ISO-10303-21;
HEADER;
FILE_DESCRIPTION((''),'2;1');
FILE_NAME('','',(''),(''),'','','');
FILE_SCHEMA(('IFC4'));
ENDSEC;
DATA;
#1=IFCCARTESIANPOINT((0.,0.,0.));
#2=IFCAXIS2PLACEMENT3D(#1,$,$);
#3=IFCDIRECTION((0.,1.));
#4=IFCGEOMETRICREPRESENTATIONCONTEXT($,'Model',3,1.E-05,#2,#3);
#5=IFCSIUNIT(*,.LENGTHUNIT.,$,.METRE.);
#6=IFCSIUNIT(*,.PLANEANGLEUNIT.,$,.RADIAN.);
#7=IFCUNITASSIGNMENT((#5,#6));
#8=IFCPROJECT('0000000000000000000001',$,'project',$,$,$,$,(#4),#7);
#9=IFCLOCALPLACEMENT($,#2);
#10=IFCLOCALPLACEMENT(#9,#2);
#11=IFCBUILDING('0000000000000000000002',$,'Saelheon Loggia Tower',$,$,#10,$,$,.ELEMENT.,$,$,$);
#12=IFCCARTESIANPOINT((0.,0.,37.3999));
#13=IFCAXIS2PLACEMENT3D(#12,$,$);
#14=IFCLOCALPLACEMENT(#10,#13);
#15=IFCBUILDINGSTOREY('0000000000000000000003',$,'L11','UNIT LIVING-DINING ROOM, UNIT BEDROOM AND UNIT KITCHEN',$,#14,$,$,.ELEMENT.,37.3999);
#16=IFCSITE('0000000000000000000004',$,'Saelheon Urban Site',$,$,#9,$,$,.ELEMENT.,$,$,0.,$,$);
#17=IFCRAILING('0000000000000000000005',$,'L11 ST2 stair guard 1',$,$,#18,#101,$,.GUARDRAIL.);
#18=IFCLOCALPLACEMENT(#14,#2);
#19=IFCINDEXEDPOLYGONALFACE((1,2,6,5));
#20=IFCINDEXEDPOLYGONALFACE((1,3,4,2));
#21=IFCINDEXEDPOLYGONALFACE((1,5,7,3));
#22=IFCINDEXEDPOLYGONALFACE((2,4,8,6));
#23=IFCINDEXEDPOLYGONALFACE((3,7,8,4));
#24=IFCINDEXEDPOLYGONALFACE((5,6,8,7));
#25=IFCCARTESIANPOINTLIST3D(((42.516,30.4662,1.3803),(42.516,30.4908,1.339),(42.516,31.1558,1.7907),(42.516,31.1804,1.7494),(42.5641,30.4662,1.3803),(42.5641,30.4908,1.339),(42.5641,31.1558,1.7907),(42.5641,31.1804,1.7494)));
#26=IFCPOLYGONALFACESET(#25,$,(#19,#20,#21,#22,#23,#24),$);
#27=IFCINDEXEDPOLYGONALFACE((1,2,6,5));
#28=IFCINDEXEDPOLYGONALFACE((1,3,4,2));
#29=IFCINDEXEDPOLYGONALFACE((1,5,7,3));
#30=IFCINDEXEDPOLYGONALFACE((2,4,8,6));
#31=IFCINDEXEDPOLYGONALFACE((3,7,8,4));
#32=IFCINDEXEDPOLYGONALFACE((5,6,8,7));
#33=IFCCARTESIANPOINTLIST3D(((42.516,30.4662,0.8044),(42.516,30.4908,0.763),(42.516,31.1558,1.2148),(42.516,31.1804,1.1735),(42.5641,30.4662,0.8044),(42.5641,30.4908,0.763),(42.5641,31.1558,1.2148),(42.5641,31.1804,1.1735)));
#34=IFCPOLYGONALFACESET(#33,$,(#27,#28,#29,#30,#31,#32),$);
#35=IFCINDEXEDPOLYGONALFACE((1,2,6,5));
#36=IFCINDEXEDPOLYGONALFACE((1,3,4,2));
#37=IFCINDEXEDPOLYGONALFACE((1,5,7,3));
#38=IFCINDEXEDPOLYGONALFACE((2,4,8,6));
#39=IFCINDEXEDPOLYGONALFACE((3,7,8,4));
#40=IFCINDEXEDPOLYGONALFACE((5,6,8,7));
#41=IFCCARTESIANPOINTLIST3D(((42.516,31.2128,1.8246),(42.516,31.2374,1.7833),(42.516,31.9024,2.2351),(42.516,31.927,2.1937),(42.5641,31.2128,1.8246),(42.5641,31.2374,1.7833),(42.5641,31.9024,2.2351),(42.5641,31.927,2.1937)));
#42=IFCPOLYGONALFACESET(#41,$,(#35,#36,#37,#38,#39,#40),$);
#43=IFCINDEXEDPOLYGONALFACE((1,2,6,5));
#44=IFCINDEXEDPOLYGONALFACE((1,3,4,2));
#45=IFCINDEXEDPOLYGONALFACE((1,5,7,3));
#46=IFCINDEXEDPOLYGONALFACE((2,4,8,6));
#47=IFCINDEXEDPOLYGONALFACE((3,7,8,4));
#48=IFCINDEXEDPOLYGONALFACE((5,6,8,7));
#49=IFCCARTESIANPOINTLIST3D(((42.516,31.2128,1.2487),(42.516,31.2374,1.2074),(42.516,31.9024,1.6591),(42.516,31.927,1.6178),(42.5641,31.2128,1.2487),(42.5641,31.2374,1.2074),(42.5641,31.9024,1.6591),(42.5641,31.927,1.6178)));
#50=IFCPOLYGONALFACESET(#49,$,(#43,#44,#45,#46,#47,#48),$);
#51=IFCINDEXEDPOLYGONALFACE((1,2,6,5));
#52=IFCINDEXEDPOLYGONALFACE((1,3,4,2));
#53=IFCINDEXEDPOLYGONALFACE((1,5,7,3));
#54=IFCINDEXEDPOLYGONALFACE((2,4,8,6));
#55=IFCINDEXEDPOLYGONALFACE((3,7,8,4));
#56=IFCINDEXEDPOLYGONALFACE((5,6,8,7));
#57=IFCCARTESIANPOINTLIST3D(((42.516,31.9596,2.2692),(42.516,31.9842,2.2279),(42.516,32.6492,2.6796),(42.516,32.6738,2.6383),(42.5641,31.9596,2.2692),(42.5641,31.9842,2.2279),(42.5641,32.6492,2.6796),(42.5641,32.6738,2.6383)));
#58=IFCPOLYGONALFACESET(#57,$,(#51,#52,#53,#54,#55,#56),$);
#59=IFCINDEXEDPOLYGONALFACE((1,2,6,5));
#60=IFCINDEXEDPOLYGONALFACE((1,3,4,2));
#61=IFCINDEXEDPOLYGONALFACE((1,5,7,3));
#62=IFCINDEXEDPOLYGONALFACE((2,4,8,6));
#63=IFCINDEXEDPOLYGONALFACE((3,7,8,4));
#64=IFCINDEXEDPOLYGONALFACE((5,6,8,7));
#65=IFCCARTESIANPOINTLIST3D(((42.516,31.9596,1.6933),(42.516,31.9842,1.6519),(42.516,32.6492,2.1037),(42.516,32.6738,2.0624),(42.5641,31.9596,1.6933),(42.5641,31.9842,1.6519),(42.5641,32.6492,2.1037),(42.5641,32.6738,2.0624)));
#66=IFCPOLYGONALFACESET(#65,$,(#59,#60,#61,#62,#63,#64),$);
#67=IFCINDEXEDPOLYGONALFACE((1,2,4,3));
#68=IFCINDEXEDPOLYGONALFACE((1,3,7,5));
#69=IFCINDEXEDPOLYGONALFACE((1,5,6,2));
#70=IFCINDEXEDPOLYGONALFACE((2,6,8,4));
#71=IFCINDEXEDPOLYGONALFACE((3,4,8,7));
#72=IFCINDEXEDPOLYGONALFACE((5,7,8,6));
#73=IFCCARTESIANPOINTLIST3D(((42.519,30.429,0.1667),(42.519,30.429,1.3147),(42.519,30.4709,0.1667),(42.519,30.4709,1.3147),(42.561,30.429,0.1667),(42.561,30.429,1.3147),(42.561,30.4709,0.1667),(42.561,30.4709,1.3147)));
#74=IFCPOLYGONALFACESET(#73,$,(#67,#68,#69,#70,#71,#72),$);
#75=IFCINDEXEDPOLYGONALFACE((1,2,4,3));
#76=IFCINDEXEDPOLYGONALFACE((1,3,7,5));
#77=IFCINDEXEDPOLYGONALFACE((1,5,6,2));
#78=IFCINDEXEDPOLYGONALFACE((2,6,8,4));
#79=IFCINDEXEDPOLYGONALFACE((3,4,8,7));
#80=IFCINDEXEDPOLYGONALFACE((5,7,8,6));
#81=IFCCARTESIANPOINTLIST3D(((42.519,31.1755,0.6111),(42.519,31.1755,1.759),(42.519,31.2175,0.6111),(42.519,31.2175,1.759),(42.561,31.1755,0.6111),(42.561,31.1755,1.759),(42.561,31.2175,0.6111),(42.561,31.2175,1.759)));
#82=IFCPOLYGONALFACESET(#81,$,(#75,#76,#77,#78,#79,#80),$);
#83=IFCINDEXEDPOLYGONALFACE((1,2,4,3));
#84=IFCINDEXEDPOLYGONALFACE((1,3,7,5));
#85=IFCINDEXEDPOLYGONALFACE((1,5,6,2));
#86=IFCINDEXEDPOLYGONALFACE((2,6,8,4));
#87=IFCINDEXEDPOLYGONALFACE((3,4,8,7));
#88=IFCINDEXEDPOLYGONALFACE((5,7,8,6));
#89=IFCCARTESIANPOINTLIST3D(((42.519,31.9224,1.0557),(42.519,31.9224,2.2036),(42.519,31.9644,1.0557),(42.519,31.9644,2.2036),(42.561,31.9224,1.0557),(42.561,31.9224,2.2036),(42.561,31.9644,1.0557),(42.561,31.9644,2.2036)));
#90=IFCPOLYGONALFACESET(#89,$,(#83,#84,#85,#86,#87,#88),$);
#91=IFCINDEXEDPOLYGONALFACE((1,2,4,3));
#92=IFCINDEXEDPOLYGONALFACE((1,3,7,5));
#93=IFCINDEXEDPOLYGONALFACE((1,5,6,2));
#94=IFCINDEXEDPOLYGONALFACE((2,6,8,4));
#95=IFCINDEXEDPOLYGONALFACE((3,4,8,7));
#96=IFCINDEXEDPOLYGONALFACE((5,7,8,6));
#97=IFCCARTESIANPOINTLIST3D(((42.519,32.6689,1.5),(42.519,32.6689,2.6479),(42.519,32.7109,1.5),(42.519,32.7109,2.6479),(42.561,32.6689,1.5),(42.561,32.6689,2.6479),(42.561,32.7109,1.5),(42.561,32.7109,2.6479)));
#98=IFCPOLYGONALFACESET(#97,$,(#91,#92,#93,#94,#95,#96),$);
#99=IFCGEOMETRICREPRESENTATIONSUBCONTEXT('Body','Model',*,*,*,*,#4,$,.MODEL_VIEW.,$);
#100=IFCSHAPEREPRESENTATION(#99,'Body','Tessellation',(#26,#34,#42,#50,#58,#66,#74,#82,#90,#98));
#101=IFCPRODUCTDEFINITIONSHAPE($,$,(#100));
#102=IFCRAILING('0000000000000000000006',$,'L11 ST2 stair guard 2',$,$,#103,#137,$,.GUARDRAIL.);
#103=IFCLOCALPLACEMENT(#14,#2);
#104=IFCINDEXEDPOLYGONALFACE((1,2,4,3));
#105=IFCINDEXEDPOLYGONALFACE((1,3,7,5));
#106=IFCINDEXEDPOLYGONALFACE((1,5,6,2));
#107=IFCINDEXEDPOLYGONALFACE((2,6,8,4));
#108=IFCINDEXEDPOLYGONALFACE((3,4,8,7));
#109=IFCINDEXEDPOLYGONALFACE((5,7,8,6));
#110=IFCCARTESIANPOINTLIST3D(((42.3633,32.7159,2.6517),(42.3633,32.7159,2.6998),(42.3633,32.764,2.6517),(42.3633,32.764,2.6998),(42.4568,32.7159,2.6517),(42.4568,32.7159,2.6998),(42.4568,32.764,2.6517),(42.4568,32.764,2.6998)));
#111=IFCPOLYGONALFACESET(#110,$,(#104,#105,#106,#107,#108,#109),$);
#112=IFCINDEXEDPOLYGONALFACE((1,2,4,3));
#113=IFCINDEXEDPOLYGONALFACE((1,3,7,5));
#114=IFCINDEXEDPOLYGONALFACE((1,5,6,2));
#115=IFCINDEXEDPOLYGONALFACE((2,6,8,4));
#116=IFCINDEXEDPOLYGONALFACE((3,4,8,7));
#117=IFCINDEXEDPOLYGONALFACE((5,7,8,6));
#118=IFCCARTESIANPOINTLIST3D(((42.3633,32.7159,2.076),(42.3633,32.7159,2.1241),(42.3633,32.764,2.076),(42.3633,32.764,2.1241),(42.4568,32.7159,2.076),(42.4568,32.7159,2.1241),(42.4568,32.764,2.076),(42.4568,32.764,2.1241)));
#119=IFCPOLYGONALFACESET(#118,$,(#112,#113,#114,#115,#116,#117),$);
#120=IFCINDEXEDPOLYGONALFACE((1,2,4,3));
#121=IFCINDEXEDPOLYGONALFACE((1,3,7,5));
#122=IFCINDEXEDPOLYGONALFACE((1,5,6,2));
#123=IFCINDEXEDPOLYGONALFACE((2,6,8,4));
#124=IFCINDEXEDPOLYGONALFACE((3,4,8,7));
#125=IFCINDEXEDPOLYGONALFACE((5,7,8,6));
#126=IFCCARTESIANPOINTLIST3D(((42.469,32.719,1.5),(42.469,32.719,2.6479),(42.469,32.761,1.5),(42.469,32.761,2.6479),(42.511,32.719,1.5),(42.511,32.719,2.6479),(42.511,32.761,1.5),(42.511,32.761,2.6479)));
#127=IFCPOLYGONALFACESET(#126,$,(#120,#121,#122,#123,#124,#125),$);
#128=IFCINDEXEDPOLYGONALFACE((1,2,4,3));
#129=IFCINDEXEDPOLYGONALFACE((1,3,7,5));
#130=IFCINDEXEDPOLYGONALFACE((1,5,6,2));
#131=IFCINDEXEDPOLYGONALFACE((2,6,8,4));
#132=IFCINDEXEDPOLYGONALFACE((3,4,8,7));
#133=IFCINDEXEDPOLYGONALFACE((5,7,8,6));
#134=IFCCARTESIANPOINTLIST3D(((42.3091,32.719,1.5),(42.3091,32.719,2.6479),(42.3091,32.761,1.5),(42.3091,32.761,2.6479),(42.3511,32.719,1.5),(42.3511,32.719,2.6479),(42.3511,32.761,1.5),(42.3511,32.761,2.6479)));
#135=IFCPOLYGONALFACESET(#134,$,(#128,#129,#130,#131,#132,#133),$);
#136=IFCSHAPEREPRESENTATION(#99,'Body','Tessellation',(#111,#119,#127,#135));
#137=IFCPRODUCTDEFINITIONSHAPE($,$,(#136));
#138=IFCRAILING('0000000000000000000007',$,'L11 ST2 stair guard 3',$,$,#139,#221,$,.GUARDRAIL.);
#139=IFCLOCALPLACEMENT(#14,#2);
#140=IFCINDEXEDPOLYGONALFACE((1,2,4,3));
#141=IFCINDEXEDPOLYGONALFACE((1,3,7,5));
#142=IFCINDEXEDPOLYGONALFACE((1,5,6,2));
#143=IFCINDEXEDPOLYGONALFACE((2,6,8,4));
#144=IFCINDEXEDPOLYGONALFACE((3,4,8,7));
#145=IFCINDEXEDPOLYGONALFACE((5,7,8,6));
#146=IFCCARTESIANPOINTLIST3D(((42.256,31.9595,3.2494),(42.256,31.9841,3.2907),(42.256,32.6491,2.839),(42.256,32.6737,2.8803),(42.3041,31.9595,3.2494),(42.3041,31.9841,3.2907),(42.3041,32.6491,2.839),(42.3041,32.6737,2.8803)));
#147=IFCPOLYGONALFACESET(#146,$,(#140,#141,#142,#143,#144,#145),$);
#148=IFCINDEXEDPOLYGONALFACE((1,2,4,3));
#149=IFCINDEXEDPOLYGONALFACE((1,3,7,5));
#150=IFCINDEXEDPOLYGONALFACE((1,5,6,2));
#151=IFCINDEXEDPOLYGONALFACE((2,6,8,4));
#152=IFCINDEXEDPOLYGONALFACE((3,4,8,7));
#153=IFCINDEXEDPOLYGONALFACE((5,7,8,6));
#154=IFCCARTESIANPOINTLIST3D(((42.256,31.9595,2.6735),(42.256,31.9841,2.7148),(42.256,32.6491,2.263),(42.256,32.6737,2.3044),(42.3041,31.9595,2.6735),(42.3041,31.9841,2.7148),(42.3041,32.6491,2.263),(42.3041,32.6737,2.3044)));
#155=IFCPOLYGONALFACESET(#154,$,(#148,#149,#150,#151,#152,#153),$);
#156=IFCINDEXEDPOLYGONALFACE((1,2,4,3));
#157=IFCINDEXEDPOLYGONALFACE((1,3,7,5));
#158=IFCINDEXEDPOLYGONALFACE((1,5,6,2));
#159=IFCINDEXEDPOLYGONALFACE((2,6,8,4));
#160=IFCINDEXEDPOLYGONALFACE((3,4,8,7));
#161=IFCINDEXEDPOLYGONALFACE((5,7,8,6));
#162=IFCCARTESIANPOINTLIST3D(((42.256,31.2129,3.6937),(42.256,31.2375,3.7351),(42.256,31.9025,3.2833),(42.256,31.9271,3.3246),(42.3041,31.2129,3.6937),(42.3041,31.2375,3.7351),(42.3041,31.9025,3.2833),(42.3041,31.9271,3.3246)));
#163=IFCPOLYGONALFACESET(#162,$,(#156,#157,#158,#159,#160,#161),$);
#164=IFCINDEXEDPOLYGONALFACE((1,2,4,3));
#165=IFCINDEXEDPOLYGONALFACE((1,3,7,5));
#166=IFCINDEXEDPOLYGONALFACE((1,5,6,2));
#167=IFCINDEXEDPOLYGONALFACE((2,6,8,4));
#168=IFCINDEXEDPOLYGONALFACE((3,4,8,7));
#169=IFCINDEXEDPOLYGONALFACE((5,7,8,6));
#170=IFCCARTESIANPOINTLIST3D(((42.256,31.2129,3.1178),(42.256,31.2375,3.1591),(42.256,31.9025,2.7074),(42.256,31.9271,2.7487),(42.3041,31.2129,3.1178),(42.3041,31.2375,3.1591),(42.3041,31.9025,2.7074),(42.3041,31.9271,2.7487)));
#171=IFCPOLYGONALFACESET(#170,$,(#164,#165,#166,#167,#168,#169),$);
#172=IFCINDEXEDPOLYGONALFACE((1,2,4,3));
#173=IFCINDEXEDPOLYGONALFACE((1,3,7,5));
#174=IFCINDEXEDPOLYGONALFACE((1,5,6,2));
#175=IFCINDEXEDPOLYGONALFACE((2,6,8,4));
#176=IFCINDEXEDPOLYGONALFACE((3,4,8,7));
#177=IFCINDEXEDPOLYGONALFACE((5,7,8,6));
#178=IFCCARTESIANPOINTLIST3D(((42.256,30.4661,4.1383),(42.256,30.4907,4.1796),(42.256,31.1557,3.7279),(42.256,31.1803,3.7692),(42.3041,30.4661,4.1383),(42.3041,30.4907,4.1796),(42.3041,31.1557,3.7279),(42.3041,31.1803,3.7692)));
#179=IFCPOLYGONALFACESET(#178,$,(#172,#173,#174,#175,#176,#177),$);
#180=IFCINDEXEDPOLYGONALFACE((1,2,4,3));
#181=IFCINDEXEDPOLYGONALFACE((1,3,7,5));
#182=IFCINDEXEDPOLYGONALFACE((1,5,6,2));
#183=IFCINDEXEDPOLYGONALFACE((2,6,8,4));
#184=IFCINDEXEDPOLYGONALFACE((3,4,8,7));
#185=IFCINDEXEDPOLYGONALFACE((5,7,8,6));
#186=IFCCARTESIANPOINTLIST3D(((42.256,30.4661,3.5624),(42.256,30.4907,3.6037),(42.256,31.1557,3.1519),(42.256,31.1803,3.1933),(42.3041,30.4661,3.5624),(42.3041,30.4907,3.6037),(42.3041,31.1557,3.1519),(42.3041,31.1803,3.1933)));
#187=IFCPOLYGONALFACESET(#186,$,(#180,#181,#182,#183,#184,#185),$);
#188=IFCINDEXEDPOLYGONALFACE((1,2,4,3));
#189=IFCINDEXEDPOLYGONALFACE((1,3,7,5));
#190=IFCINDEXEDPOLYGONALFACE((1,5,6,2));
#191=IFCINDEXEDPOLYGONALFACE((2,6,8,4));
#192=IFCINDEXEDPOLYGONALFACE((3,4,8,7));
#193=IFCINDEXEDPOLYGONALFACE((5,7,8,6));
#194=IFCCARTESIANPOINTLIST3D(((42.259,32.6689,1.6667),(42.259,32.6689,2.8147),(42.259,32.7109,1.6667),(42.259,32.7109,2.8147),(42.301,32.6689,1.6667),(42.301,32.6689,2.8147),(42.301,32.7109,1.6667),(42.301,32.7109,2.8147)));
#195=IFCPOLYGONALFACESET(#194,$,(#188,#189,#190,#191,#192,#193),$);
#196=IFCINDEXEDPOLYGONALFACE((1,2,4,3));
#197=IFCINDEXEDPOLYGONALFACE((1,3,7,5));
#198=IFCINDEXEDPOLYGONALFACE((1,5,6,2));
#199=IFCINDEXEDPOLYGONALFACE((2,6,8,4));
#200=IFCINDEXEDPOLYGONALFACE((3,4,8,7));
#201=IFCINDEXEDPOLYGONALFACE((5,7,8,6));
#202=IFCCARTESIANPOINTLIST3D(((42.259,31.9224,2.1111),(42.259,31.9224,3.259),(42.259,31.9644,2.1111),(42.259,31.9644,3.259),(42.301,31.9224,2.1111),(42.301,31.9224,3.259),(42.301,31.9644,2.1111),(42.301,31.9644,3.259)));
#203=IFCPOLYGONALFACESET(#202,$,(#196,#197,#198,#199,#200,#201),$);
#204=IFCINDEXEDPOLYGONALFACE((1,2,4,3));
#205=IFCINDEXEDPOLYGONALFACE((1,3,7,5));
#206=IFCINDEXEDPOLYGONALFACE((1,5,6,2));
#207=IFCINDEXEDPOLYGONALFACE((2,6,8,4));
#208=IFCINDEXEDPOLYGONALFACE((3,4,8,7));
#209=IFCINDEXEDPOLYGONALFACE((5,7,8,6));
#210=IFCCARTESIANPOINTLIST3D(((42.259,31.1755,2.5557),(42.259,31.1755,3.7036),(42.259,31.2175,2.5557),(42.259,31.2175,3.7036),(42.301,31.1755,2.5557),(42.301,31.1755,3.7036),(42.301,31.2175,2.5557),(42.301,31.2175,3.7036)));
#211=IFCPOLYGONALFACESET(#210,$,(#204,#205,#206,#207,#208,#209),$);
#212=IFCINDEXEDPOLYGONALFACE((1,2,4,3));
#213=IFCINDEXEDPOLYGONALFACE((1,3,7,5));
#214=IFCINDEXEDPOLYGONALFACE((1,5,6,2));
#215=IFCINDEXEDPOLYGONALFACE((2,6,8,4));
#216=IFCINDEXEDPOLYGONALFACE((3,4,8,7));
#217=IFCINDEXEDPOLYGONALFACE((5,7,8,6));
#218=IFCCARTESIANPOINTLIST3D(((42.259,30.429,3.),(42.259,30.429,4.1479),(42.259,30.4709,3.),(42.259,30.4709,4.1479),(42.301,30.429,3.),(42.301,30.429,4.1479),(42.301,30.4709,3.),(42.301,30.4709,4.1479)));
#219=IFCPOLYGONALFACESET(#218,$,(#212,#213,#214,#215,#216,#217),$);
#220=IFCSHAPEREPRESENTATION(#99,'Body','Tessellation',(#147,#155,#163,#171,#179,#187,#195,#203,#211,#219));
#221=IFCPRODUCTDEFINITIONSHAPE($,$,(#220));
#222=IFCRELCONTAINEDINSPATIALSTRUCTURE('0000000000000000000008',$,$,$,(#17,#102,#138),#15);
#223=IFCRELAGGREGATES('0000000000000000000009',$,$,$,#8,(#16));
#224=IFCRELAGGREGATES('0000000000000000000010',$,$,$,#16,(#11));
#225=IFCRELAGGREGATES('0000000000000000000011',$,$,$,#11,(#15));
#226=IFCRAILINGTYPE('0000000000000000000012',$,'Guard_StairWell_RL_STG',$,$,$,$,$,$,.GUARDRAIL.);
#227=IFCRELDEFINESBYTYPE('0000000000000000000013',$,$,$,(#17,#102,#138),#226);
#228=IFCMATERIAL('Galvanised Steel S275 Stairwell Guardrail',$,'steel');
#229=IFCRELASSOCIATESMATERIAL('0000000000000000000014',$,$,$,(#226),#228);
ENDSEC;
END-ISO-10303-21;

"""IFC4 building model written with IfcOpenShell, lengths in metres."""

from ifc_helpers import new_model, si_unit, direction, frame, origin, origin_2d, place, context, subcontext, project, spatial, rectangle, extrude, material, type_object, element, save


model = new_model("IFC4")

# Units and contexts
model_context = context("Model", 3, precision=1e-05, world=origin(), true_north=direction((0.0, 1.0)))
body_context = subcontext(model_context, "Body", "Model", "MODEL_VIEW")
ifc_project = project(units=[si_unit("LENGTHUNIT", "METRE"), si_unit("PLANEANGLEUNIT", "RADIAN")], contexts=[model_context])

# Site, building, storey
site_placement = place(None, origin())
site = spatial("IfcSite", under=ifc_project, at=site_placement, Name="Saelheon Urban Site", CompositionType="ELEMENT", RefElevation=0.0)
building_placement = place(site_placement, origin())
building = spatial("IfcBuilding", under=site, at=building_placement, Name="Saelheon Loggia Tower", CompositionType="ELEMENT")
storey_placement = place(building_placement, frame((0.0, 0.0, 37.3999)))
storey = spatial("IfcBuildingStorey", under=building, at=storey_placement, Name="L11", Description="UNIT LIVING-DINING ROOM, UNIT BEDROOM AND UNIT KITCHEN", CompositionType="ELEMENT", Elevation=37.3999)

# Railings
ifc_material_1 = material(Name="Galvanised Steel S275 Stairwell Guardrail", Category="steel")
railing_type_1 = type_object("IfcRailingType", Name="Guard_StairWell_RL_STG", PredefinedType="GUARDRAIL", material=ifc_material_1)
railing_1_placement = place(storey_placement, frame((42.54, 30.45, 0.1667)))
element("IfcRailing", 1, at=railing_1_placement, inside=storey, type_object=railing_type_1, Name="L11 ST2 stair guard 1", PredefinedType="GUARDRAIL", context=body_context, shape_type="SweptSolid", body=[
    extrude(rectangle(XDim=0.0481, YDim=0.0481, at=origin_2d()), frame((0.0, 0.0286, 1.1929), z_axis=(0.0, 0.859306, 0.511462), x_axis=(-1.0, 0.0, 0.0)), (0.0, 0.0, 1.0), 0.8025),
    extrude(rectangle(XDim=0.0481, YDim=0.0481, at=origin_2d()), frame((0.0, 0.0286, 0.6169), z_axis=(0.0, 0.859306, 0.511462), x_axis=(-1.0, 0.0, 0.0)), (0.0, 0.0, 1.0), 0.8025),
    extrude(rectangle(XDim=0.0481, YDim=0.0481, at=origin_2d()), frame((0.0, 0.7751, 1.6372), z_axis=(0.0, 0.859306, 0.511462), x_axis=(-1.0, 0.0, 0.0)), (0.0, 0.0, 1.0), 0.8025),
    extrude(rectangle(XDim=0.0481, YDim=0.0481, at=origin_2d()), frame((0.0, 0.7751, 1.0613), z_axis=(0.0, 0.859306, 0.511462), x_axis=(-1.0, 0.0, 0.0)), (0.0, 0.0, 1.0), 0.8025),
    extrude(rectangle(XDim=0.0481, YDim=0.0481, at=origin_2d()), frame((0.0, 1.522, 2.0818), z_axis=(0.0, 0.859306, 0.511462), x_axis=(-1.0, 0.0, 0.0)), (0.0, 0.0, 1.0), 0.8025),
    extrude(rectangle(XDim=0.0481, YDim=0.0481, at=origin_2d()), frame((0.0, 1.522, 1.5059), z_axis=(0.0, 0.859306, 0.511462), x_axis=(-1.0, 0.0, 0.0)), (0.0, 0.0, 1.0), 0.8025),
    extrude(rectangle(XDim=0.042, YDim=0.042, at=origin_2d()), origin(), (0.0, 0.0, 1.0), 1.1479),
    extrude(rectangle(XDim=0.042, YDim=0.042, at=origin_2d()), frame((0.0, 0.7466, 0.4443)), (0.0, 0.0, 1.0), 1.1479),
    extrude(rectangle(XDim=0.042, YDim=0.042, at=origin_2d()), frame((0.0, 1.4934, 0.8889)), (0.0, 0.0, 1.0), 1.1479),
    extrude(rectangle(XDim=0.042, YDim=0.042, at=origin_2d()), frame((0.0, 2.24, 1.3333)), (0.0, 0.0, 1.0), 1.1479),
])
railing_2_placement = place(storey_placement, frame((42.49, 32.74, 1.5)))
element("IfcRailing", 2, at=railing_2_placement, inside=storey, type_object=railing_type_1, Name="L11 ST2 stair guard 2", PredefinedType="GUARDRAIL", context=body_context, shape_type="SweptSolid", body=[
    extrude(rectangle(XDim=0.0481, YDim=0.0481, at=origin_2d()), frame((-0.0332, 0.0, 1.1758), z_axis=(-1.0, 0.0, 0.0), x_axis=(0.0, -1.0, 0.0)), (0.0, 0.0, 1.0), 0.0935),
    extrude(rectangle(XDim=0.0481, YDim=0.0481, at=origin_2d()), frame((-0.0332, 0.0, 0.6001), z_axis=(-1.0, 0.0, 0.0), x_axis=(0.0, -1.0, 0.0)), (0.0, 0.0, 1.0), 0.0935),
    extrude(rectangle(XDim=0.042, YDim=0.042, at=origin_2d()), origin(), (0.0, 0.0, 1.0), 1.1479),
    extrude(rectangle(XDim=0.042, YDim=0.042, at=origin_2d()), frame((-0.1599, 0.0, 0.0)), (0.0, 0.0, 1.0), 1.1479),
])
railing_3_placement = place(storey_placement, frame((42.28, 32.6899, 1.6667)))
element("IfcRailing", 3, at=railing_3_placement, inside=storey, type_object=railing_type_1, Name="L11 ST2 stair guard 3", PredefinedType="GUARDRAIL", context=body_context, shape_type="SweptSolid", body=[
    extrude(rectangle(XDim=0.0481, YDim=0.0481, at=origin_2d()), frame((0.0, -0.0286, 1.1929), z_axis=(0.0, -0.859306, 0.511462), x_axis=(1.0, 0.0, 0.0)), (0.0, 0.0, 1.0), 0.8025),
    extrude(rectangle(XDim=0.0481, YDim=0.0481, at=origin_2d()), frame((0.0, -0.0286, 0.6169), z_axis=(0.0, -0.859306, 0.511462), x_axis=(1.0, 0.0, 0.0)), (0.0, 0.0, 1.0), 0.8025),
    extrude(rectangle(XDim=0.0481, YDim=0.0481, at=origin_2d()), frame((0.0, -0.7751, 1.6372), z_axis=(0.0, -0.859306, 0.511462), x_axis=(1.0, 0.0, 0.0)), (0.0, 0.0, 1.0), 0.8025),
    extrude(rectangle(XDim=0.0481, YDim=0.0481, at=origin_2d()), frame((0.0, -0.7751, 1.0613), z_axis=(0.0, -0.859306, 0.511462), x_axis=(1.0, 0.0, 0.0)), (0.0, 0.0, 1.0), 0.8025),
    extrude(rectangle(XDim=0.0481, YDim=0.0481, at=origin_2d()), frame((0.0, -1.522, 2.0818), z_axis=(0.0, -0.859306, 0.511462), x_axis=(1.0, 0.0, 0.0)), (0.0, 0.0, 1.0), 0.8025),
    extrude(rectangle(XDim=0.0481, YDim=0.0481, at=origin_2d()), frame((0.0, -1.522, 1.5059), z_axis=(0.0, -0.859306, 0.511462), x_axis=(1.0, 0.0, 0.0)), (0.0, 0.0, 1.0), 0.8025),
    extrude(rectangle(XDim=0.042, YDim=0.042, at=origin_2d()), origin(), (0.0, 0.0, 1.0), 1.1479),
    extrude(rectangle(XDim=0.042, YDim=0.042, at=origin_2d()), frame((0.0, -0.7466, 0.4443)), (0.0, 0.0, 1.0), 1.1479),
    extrude(rectangle(XDim=0.042, YDim=0.042, at=origin_2d()), frame((0.0, -1.4934, 0.8889)), (0.0, 0.0, 1.0), 1.1479),
    extrude(rectangle(XDim=0.042, YDim=0.042, at=origin_2d()), frame((0.0, -2.24, 1.3333)), (0.0, 0.0, 1.0), 1.1479),
])

save(model, "model.ifc")
